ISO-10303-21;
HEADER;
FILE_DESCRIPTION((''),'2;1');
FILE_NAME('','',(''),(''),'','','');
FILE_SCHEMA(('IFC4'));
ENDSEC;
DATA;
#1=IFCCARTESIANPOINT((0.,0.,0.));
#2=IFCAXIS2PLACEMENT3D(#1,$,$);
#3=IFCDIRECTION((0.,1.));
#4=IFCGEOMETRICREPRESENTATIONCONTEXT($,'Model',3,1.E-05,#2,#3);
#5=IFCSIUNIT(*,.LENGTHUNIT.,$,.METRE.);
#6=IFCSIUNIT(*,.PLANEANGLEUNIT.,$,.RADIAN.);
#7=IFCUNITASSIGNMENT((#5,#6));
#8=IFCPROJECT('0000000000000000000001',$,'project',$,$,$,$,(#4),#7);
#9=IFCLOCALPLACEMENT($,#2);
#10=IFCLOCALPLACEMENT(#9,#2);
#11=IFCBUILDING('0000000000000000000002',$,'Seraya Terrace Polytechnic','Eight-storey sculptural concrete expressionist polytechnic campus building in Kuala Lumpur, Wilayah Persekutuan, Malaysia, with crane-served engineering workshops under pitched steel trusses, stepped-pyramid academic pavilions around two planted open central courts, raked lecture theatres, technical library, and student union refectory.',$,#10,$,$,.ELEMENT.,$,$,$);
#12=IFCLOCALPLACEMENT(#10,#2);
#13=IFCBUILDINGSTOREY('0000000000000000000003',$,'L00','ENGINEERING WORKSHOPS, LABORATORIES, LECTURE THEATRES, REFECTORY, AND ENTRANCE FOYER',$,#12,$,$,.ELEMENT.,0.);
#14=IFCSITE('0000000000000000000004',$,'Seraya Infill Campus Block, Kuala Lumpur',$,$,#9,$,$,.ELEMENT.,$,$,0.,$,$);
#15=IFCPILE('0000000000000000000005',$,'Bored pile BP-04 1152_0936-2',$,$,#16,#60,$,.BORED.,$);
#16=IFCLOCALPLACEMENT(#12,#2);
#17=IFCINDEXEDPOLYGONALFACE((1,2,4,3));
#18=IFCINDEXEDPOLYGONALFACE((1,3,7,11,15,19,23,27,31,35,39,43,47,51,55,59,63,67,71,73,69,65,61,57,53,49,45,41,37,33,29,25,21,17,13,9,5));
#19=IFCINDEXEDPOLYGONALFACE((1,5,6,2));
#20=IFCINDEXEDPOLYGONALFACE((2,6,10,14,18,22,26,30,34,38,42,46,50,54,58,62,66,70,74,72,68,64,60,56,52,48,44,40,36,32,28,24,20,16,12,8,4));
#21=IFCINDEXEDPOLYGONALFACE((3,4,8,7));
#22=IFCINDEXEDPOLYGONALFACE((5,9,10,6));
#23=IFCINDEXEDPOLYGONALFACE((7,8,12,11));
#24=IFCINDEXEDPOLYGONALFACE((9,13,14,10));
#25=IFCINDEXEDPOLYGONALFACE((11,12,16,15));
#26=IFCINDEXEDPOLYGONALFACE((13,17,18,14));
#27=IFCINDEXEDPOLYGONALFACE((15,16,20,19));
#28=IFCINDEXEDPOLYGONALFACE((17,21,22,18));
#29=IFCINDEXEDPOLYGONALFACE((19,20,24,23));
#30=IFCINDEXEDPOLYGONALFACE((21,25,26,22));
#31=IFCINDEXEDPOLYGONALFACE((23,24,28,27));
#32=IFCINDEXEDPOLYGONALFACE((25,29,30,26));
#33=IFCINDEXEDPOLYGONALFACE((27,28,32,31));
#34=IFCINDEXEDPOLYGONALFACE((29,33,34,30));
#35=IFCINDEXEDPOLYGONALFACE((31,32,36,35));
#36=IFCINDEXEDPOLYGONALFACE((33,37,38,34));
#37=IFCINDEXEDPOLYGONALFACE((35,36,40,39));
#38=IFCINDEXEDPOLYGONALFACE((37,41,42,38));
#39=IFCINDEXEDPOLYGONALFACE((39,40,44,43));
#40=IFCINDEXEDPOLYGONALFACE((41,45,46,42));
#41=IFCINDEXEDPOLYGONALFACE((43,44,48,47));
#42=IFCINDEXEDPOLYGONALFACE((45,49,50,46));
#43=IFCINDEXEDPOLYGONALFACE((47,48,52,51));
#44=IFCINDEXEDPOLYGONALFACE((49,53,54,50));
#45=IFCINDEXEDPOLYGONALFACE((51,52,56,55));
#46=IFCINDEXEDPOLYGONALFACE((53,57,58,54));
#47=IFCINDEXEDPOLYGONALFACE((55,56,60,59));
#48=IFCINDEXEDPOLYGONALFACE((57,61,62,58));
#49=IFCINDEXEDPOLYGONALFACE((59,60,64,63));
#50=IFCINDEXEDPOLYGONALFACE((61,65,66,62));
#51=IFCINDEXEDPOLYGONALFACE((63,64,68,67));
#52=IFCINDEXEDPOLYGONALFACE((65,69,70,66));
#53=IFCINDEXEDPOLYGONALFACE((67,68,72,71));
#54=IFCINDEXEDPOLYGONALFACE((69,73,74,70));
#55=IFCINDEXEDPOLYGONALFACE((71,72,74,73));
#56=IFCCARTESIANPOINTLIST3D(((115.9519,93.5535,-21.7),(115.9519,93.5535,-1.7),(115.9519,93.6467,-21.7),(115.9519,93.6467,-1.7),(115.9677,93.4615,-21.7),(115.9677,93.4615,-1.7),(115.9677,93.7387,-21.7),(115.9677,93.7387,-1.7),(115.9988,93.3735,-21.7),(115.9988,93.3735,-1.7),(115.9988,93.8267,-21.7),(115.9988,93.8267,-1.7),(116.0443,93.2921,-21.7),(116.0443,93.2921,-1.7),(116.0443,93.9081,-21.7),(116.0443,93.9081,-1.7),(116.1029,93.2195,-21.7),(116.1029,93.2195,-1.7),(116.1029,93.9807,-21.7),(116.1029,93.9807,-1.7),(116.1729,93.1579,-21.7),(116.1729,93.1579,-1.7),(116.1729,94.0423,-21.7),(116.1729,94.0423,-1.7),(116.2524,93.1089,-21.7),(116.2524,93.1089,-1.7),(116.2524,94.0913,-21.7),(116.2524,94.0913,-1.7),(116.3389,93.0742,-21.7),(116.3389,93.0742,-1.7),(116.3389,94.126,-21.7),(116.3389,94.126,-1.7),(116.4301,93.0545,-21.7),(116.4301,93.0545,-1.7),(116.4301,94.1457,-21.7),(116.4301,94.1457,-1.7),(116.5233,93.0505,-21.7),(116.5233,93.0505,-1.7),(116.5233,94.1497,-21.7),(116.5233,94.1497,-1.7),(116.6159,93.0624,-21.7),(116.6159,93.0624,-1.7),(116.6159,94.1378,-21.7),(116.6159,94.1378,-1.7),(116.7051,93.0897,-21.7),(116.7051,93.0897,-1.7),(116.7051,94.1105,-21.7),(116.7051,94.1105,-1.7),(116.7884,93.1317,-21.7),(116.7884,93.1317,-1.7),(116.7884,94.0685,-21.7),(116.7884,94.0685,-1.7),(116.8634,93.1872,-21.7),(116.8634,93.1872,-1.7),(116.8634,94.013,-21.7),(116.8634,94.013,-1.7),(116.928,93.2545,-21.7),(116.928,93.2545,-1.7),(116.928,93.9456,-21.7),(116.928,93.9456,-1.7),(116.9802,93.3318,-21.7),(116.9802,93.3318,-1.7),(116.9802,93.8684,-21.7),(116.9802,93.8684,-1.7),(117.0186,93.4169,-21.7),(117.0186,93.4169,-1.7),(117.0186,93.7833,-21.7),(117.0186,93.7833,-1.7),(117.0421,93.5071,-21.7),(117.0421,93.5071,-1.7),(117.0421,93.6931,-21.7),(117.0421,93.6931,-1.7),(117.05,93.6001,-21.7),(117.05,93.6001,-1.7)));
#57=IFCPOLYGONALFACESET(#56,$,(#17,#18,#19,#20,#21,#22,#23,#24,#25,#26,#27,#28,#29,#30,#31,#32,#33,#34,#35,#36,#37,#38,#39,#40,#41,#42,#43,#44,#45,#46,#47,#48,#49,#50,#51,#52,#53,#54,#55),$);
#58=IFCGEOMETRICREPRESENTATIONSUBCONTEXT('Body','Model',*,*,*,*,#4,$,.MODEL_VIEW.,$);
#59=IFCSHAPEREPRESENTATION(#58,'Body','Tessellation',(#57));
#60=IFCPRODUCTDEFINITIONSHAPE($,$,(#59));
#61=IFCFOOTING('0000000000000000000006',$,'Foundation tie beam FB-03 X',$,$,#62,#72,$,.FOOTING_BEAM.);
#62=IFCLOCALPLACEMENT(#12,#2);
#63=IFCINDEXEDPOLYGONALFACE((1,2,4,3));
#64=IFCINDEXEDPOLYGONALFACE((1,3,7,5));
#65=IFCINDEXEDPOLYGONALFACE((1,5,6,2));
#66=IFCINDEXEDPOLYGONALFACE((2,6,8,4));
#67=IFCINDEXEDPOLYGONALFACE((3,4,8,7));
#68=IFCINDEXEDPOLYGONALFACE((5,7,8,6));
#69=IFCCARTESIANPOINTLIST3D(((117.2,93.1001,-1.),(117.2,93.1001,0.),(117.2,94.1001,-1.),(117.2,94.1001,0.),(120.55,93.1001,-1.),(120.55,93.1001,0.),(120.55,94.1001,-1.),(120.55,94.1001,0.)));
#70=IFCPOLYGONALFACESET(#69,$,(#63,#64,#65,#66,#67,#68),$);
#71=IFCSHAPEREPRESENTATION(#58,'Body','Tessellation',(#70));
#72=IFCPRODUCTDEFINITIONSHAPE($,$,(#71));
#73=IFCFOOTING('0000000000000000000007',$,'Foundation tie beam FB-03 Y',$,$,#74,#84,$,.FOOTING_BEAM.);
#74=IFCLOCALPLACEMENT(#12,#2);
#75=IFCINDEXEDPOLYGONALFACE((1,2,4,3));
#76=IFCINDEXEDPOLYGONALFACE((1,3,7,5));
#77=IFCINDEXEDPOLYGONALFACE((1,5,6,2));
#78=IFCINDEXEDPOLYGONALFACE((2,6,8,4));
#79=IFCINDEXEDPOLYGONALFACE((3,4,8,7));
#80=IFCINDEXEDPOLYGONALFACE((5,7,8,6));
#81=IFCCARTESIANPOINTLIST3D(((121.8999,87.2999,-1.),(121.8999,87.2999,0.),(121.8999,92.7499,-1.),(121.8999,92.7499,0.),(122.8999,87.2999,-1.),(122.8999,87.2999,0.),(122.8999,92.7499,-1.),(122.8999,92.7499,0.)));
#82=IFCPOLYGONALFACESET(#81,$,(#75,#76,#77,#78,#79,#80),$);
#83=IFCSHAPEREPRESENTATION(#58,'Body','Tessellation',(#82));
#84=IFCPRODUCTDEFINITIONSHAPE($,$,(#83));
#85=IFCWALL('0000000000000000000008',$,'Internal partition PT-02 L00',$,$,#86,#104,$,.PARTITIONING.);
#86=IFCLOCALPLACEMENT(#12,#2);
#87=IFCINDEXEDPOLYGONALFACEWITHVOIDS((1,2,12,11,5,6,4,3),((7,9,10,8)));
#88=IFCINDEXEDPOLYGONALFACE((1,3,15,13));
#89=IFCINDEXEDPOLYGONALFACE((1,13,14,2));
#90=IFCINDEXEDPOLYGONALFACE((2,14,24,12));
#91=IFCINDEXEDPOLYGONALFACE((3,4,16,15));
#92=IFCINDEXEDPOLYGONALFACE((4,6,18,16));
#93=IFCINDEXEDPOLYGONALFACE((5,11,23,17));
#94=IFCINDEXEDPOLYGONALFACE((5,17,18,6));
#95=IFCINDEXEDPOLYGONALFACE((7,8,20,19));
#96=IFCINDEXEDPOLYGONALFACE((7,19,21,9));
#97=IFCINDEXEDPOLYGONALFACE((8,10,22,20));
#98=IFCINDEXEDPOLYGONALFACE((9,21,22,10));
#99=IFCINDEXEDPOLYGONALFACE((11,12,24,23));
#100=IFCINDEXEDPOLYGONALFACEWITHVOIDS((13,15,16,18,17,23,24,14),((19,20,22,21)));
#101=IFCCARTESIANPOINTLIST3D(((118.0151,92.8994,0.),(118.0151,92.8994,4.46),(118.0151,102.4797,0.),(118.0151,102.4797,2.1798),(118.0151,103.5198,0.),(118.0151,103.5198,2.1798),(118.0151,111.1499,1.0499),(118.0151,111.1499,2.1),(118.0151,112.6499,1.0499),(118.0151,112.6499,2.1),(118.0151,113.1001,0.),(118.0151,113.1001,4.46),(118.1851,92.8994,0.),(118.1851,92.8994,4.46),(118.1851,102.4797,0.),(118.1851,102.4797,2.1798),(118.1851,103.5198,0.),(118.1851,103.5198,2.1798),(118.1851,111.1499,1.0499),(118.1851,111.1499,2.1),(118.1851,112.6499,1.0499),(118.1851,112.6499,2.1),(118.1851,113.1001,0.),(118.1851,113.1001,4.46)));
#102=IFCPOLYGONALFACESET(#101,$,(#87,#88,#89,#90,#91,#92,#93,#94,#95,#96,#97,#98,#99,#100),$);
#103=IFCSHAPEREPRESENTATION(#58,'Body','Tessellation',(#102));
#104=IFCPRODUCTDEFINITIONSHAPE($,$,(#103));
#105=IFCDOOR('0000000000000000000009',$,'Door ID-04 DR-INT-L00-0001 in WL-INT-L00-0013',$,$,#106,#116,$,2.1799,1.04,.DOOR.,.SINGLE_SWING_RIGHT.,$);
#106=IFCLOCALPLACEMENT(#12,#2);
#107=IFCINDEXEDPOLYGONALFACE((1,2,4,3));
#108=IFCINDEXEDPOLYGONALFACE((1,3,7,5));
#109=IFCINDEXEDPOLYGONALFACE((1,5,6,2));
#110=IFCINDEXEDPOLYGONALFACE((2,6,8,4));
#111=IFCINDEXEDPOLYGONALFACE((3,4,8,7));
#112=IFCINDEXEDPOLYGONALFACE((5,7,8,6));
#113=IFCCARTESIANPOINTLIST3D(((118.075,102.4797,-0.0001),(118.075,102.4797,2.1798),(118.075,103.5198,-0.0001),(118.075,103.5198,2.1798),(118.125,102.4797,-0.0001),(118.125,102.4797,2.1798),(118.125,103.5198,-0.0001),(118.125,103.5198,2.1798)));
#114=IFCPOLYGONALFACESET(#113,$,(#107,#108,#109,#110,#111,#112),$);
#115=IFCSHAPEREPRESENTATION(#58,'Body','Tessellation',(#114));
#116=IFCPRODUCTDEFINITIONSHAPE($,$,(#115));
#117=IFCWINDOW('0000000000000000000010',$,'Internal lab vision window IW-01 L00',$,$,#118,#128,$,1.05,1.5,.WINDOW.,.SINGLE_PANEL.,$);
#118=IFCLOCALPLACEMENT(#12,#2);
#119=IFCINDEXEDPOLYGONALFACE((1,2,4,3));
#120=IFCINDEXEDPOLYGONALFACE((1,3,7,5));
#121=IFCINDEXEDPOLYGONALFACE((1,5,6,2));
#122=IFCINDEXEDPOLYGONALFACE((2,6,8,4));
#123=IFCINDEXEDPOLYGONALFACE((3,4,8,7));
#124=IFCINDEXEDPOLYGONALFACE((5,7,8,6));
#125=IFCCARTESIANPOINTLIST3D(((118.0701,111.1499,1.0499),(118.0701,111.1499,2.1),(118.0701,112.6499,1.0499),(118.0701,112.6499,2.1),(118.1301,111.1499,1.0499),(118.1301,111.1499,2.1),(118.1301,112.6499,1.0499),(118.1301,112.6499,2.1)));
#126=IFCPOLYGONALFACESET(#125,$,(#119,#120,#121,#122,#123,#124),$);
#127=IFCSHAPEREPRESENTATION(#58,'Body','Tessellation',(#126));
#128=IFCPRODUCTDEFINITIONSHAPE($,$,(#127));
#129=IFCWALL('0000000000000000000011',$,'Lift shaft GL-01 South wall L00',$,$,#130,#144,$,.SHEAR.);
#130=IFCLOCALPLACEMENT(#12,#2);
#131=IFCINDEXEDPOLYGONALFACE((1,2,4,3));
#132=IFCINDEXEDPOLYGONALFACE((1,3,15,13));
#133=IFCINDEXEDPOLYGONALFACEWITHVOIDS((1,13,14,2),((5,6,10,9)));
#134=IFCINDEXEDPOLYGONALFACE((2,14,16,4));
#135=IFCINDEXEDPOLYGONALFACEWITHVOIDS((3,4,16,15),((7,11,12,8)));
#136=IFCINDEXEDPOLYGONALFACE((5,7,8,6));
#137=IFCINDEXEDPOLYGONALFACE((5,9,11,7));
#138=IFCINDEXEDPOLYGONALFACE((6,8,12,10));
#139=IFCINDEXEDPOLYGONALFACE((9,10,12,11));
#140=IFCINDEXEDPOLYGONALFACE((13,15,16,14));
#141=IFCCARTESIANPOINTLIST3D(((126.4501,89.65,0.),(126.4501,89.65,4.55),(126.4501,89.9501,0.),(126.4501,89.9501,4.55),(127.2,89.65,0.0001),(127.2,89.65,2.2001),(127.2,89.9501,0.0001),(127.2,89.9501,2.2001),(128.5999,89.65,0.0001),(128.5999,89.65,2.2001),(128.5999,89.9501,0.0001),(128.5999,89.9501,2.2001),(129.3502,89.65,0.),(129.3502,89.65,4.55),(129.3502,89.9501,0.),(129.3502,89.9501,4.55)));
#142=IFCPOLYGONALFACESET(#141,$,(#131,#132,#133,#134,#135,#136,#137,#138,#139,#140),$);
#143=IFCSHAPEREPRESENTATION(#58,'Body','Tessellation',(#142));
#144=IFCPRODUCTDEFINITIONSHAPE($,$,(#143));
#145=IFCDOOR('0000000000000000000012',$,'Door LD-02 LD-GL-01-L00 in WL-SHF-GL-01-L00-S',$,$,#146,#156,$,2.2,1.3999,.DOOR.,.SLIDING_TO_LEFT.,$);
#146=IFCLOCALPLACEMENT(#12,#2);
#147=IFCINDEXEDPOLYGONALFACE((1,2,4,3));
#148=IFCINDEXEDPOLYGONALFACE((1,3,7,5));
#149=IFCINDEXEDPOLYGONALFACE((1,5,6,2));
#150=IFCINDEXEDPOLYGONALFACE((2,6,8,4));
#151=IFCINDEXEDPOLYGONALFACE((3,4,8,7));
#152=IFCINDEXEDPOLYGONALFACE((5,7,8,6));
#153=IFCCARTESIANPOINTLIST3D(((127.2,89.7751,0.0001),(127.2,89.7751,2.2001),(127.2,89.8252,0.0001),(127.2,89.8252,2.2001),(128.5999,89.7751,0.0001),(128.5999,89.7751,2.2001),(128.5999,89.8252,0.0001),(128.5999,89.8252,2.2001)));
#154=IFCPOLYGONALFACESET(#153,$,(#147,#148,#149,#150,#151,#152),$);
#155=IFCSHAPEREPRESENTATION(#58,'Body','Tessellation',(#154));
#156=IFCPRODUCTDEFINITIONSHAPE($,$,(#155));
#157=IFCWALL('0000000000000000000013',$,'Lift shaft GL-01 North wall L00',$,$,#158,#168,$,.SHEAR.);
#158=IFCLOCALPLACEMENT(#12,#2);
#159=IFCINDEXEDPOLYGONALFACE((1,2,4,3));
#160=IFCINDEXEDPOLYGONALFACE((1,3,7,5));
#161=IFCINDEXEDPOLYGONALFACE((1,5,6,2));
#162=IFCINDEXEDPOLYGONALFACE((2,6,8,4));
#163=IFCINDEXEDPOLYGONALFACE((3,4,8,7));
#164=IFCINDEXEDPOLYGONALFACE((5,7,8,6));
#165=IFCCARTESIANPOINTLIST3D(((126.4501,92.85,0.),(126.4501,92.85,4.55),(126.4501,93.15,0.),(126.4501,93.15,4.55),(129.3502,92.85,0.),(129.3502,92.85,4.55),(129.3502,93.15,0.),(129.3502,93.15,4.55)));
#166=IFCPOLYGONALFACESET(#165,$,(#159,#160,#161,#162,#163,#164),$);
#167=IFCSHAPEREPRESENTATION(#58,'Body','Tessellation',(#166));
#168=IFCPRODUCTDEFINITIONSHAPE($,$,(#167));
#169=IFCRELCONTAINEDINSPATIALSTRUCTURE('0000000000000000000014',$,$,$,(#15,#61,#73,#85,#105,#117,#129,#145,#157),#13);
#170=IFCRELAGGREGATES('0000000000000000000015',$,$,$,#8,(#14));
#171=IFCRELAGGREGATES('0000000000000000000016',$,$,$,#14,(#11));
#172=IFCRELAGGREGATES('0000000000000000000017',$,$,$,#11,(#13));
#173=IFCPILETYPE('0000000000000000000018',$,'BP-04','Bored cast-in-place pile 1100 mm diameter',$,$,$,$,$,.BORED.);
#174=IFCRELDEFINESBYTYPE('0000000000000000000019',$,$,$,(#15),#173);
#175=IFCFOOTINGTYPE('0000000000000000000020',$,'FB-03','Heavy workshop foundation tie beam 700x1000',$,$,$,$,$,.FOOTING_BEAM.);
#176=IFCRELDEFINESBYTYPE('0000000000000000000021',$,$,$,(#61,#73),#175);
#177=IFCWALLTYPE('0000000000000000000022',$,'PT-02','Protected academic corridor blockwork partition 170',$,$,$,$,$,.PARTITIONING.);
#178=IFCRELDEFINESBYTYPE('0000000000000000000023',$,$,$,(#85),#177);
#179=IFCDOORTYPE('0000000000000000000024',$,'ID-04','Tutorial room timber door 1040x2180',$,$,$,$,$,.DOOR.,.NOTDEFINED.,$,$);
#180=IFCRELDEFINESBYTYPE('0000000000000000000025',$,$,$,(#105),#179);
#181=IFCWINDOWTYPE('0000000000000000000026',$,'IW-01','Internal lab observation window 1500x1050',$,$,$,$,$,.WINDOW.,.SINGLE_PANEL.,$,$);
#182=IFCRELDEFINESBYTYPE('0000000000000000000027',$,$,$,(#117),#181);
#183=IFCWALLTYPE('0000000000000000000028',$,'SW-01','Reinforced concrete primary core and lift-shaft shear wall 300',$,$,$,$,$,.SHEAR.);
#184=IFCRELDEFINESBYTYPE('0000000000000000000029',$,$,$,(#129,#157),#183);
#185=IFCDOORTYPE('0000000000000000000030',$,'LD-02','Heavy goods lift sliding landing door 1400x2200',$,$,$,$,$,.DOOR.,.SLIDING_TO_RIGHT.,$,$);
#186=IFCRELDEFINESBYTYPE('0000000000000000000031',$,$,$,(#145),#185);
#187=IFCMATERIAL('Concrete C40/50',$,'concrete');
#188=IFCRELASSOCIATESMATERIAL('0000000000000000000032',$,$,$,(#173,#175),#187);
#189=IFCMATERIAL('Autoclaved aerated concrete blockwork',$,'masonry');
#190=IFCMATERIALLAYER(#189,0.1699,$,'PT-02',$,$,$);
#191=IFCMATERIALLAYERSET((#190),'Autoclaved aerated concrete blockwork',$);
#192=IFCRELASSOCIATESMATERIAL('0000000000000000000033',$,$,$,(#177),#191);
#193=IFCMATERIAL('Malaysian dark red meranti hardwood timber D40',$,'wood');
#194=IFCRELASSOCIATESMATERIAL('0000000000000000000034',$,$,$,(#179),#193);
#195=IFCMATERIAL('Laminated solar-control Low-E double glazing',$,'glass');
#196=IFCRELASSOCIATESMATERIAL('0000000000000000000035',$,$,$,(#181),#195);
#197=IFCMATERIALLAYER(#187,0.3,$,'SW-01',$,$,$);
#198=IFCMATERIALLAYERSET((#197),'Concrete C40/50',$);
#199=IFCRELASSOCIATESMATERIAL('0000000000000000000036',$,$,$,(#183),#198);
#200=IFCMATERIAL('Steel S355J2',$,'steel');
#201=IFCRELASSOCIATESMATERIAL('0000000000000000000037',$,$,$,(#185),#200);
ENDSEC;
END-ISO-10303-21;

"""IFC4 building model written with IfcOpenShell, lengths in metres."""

from ifc_helpers import new_model, si_unit, direction, frame, frame_2d, origin, origin_2d, place, context, subcontext, project, spatial, rectangle, circle, extrude, material, layer, layer_set, material_profile, profile_set, type_object, element, fill, save


model = new_model("IFC4")

# Units and contexts
model_context = context("Model", 3, precision=1e-05, world=origin(), true_north=direction((0.0, 1.0)))
body_context = subcontext(model_context, "Body", "Model", "MODEL_VIEW")
ifc_project = project(units=[si_unit("LENGTHUNIT", "METRE"), si_unit("PLANEANGLEUNIT", "RADIAN")], contexts=[model_context])

# Site, building, storey
site_placement = place(None, origin())
site = spatial("IfcSite", under=ifc_project, at=site_placement, Name="Seraya Infill Campus Block, Kuala Lumpur", CompositionType="ELEMENT", RefElevation=0.0)
building_placement = place(site_placement, origin())
building = spatial("IfcBuilding", under=site, at=building_placement, Name="Seraya Terrace Polytechnic", Description="Eight-storey sculptural concrete expressionist polytechnic campus building in Kuala Lumpur, Wilayah Persekutuan, Malaysia, with crane-served engineering workshops under pitched steel trusses, stepped-pyramid academic pavilions around two planted open central courts, raked lecture theatres, technical library, and student union refectory.", CompositionType="ELEMENT")
storey_placement = place(building_placement, origin())
storey = spatial("IfcBuildingStorey", under=building, at=storey_placement, Name="L00", Description="ENGINEERING WORKSHOPS, LABORATORIES, LECTURE THEATRES, REFECTORY, AND ENTRANCE FOYER", CompositionType="ELEMENT", Elevation=0.0)

# Pile
ifc_material_1 = material(Name="Concrete C40/50", Category="concrete")
ifc_material_profile = material_profile(ifc_material_1, circle(Radius=0.55, at=origin_2d()), Name="DIA 1100")
ifc_profile_set = profile_set([ifc_material_profile], Name="Concrete C40/50")
pile_type = type_object("IfcPileType", Name="BP-04", Description="Bored cast-in-place pile 1100 mm diameter", PredefinedType="BORED", material=ifc_profile_set)
pile_placement = place(storey_placement, frame((116.5, 93.6001, -1.7), z_axis=(0.0, 0.0, -1.0), x_axis=(1.0, 0.0, 0.0)))
element("IfcPile", 1, at=pile_placement, inside=storey, type_object=pile_type, Name="Bored pile BP-04 1152_0936-2", PredefinedType="BORED", context=body_context, shape_type="SweptSolid", body=[
    extrude(circle(Radius=0.55, at=origin_2d()), origin(), (0.0, 0.0, 1.0), 20.0),
])

# Footings
footing_type = type_object("IfcFootingType", Name="FB-03", Description="Heavy workshop foundation tie beam 700x1000", PredefinedType="FOOTING_BEAM", material=ifc_material_1)
footing_1_placement = place(storey_placement, frame((118.875, 93.6001, -1.0), z_axis=(0.0, 0.0, 1.0), x_axis=(1.0, 0.0, 0.0)))
element("IfcFooting", 2, at=footing_1_placement, inside=storey, type_object=footing_type, Name="Foundation tie beam FB-03 X", PredefinedType="FOOTING_BEAM", context=body_context, shape_type="SweptSolid", body=[
    extrude(rectangle(XDim=3.3501, YDim=1.0, at=origin_2d()), origin(), (0.0, 0.0, 1.0), 1.0),
])
footing_2_placement = place(storey_placement, frame((122.3999, 90.0249, -1.0), z_axis=(0.0, 0.0, 1.0), x_axis=(0.0, 1.0, 0.0)))
element("IfcFooting", 3, at=footing_2_placement, inside=storey, type_object=footing_type, Name="Foundation tie beam FB-03 Y", PredefinedType="FOOTING_BEAM", context=body_context, shape_type="SweptSolid", body=[
    extrude(rectangle(XDim=5.45, YDim=1.0, at=origin_2d()), origin(), (0.0, 0.0, 1.0), 1.0),
])

# Wall, openings, door, window
ifc_material_2 = material(Name="Autoclaved aerated concrete blockwork", Category="masonry")
ifc_layer_1 = layer(ifc_material_2, 0.1699, Name="PT-02")
ifc_layer_set_1 = layer_set([ifc_layer_1], Name="Autoclaved aerated concrete blockwork")
wall_type_1 = type_object("IfcWallType", Name="PT-02", Description="Protected academic corridor blockwork partition 170", PredefinedType="PARTITIONING", material=ifc_layer_set_1)
wall_1_placement = place(storey_placement, frame((118.1001, 92.8994, 0.0), z_axis=(0.0, 0.0, 1.0), x_axis=(0.0, 1.0, 0.0)))
wall_1 = element("IfcWall", 4, at=wall_1_placement, inside=storey, type_object=wall_type_1, Name="Internal partition PT-02 L00", PredefinedType="PARTITIONING", context=body_context, shape_type="SweptSolid", body=[
    extrude(rectangle(XDim=20.2007, YDim=0.1699, at=frame_2d((10.1003, 0.0))), origin(), (0.0, 0.0, 1.0), 4.46),
])
opening_1_placement = place(wall_1_placement, frame((9.5803, 0.0, 0.0)))
opening_1 = element("IfcOpeningElement", 5, at=opening_1_placement, cuts=wall_1, PredefinedType="OPENING", context=body_context, shape_type="SweptSolid", body=[
    extrude(rectangle(XDim=1.04, YDim=2.1799, at=frame_2d((0.52, 1.0898))), frame((0.0, 0.0969, 0.0), z_axis=(0.0, -1.0, 0.0), x_axis=(1.0, 0.0, 0.0)), (0.0, 0.0, 1.0), 0.1938),
])
opening_2_placement = place(wall_1_placement, frame((18.2505, 0.0, 1.05)))
opening_2 = element("IfcOpeningElement", 6, at=opening_2_placement, cuts=wall_1, PredefinedType="OPENING", context=body_context, shape_type="SweptSolid", body=[
    extrude(rectangle(XDim=1.5, YDim=1.05, at=frame_2d((0.75, 0.5249))), frame((0.0, 0.0969, 0.0), z_axis=(0.0, -1.0, 0.0), x_axis=(1.0, 0.0, 0.0)), (0.0, 0.0, 1.0), 0.1938),
])
ifc_material_3 = material(Name="Malaysian dark red meranti hardwood timber D40", Category="wood")
door_type_1 = type_object("IfcDoorType", Name="ID-04", Description="Tutorial room timber door 1040x2180", OperationType="NOTDEFINED", PredefinedType="DOOR", material=ifc_material_3)
door_1_placement = place(opening_1_placement, frame((1.04, 0.0, 0.0), z_axis=(0.0, 0.0, 1.0), x_axis=(-1.0, 0.0, 0.0)))
door_1 = element("IfcDoor", 7, at=door_1_placement, inside=storey, type_object=door_type_1, Name="Door ID-04 DR-INT-L00-0001 in WL-INT-L00-0013", OperationType="SINGLE_SWING_RIGHT", OverallHeight=2.1799, OverallWidth=1.04, PredefinedType="DOOR", context=body_context, shape_type="SweptSolid", body=[
    extrude(rectangle(XDim=1.04, YDim=2.1799, at=frame_2d((0.52, 1.0898))), frame((0.0, 0.0249, 0.0), z_axis=(0.0, -1.0, 0.0), x_axis=(1.0, 0.0, 0.0)), (0.0, 0.0, 1.0), 0.05),
])
fill(opening_1, door_1)
ifc_material_4 = material(Name="Laminated solar-control Low-E double glazing", Category="glass")
window_type = type_object("IfcWindowType", Name="IW-01", Description="Internal lab observation window 1500x1050", PartitioningType="SINGLE_PANEL", PredefinedType="WINDOW", material=ifc_material_4)
window_placement = place(opening_2_placement, origin())
window = element("IfcWindow", 8, at=window_placement, inside=storey, type_object=window_type, Name="Internal lab vision window IW-01 L00", OverallHeight=1.05, OverallWidth=1.5, PartitioningType="SINGLE_PANEL", PredefinedType="WINDOW", context=body_context, shape_type="SweptSolid", body=[
    extrude(rectangle(XDim=1.5, YDim=1.05, at=frame_2d((0.75, 0.5249))), frame((0.0, 0.03, 0.0), z_axis=(0.0, -1.0, 0.0), x_axis=(1.0, 0.0, 0.0)), (0.0, 0.0, 1.0), 0.0601),
])
fill(opening_2, window)

# Wall, opening, door
ifc_layer_2 = layer(ifc_material_1, 0.3, Name="SW-01")
ifc_layer_set_2 = layer_set([ifc_layer_2], Name="Concrete C40/50")
wall_type_2 = type_object("IfcWallType", Name="SW-01", Description="Reinforced concrete primary core and lift-shaft shear wall 300", PredefinedType="SHEAR", material=ifc_layer_set_2)
wall_2_placement = place(storey_placement, frame((126.45, 89.8, 0.0), z_axis=(0.0, 0.0, 1.0), x_axis=(1.0, 0.0, 0.0)))
wall_2 = element("IfcWall", 9, at=wall_2_placement, inside=storey, type_object=wall_type_2, Name="Lift shaft GL-01 South wall L00", PredefinedType="SHEAR", context=body_context, shape_type="SweptSolid", body=[
    extrude(rectangle(XDim=2.9001, YDim=0.3, at=frame_2d((1.4502, 0.0))), origin(), (0.0, 0.0, 1.0), 4.55),
])
opening_3_placement = place(wall_2_placement, frame((0.75, 0.0, 0.0)))
opening_3 = element("IfcOpeningElement", 10, at=opening_3_placement, cuts=wall_2, PredefinedType="OPENING", context=body_context, shape_type="SweptSolid", body=[
    extrude(rectangle(XDim=1.3999, YDim=2.2, at=frame_2d((0.7, 1.1001))), frame((0.0, 0.1621, 0.0), z_axis=(0.0, -1.0, 0.0), x_axis=(1.0, 0.0, 0.0)), (0.0, 0.0, 1.0), 0.324),
])
ifc_material_5 = material(Name="Steel S355J2", Category="steel")
door_type_2 = type_object("IfcDoorType", Name="LD-02", Description="Heavy goods lift sliding landing door 1400x2200", OperationType="SLIDING_TO_RIGHT", PredefinedType="DOOR", material=ifc_material_5)
door_2_placement = place(opening_3_placement, frame((1.3999, 0.0, 0.0), z_axis=(0.0, 0.0, 1.0), x_axis=(-1.0, 0.0, 0.0)))
door_2 = element("IfcDoor", 11, at=door_2_placement, inside=storey, type_object=door_type_2, Name="Door LD-02 LD-GL-01-L00 in WL-SHF-GL-01-L00-S", OperationType="SLIDING_TO_LEFT", OverallHeight=2.2, OverallWidth=1.3999, PredefinedType="DOOR", context=body_context, shape_type="SweptSolid", body=[
    extrude(rectangle(XDim=1.3999, YDim=2.2, at=frame_2d((0.7, 1.1001))), frame((0.0, 0.0249, 0.0), z_axis=(0.0, -1.0, 0.0), x_axis=(1.0, 0.0, 0.0)), (0.0, 0.0, 1.0), 0.05),
])
fill(opening_3, door_2)

# Wall
for number, where, z_axis, x_axis, name in (
    (12, (126.45, 93.0, 0.0), (0.0, 0.0, 1.0), (1.0, 0.0, 0.0), "Lift shaft GL-01 North wall L00"),
):
    element("IfcWall", number, at=place(storey_placement, frame(where, z_axis=z_axis, x_axis=x_axis)), inside=storey, type_object=wall_type_2, Name=name, PredefinedType="SHEAR", context=body_context, shape_type="SweptSolid", body=[
        extrude(rectangle(XDim=2.9001, YDim=0.3, at=frame_2d((1.4502, 0.0))), origin(), (0.0, 0.0, 1.0), 4.55),
    ])

save(model, "model.ifc")
